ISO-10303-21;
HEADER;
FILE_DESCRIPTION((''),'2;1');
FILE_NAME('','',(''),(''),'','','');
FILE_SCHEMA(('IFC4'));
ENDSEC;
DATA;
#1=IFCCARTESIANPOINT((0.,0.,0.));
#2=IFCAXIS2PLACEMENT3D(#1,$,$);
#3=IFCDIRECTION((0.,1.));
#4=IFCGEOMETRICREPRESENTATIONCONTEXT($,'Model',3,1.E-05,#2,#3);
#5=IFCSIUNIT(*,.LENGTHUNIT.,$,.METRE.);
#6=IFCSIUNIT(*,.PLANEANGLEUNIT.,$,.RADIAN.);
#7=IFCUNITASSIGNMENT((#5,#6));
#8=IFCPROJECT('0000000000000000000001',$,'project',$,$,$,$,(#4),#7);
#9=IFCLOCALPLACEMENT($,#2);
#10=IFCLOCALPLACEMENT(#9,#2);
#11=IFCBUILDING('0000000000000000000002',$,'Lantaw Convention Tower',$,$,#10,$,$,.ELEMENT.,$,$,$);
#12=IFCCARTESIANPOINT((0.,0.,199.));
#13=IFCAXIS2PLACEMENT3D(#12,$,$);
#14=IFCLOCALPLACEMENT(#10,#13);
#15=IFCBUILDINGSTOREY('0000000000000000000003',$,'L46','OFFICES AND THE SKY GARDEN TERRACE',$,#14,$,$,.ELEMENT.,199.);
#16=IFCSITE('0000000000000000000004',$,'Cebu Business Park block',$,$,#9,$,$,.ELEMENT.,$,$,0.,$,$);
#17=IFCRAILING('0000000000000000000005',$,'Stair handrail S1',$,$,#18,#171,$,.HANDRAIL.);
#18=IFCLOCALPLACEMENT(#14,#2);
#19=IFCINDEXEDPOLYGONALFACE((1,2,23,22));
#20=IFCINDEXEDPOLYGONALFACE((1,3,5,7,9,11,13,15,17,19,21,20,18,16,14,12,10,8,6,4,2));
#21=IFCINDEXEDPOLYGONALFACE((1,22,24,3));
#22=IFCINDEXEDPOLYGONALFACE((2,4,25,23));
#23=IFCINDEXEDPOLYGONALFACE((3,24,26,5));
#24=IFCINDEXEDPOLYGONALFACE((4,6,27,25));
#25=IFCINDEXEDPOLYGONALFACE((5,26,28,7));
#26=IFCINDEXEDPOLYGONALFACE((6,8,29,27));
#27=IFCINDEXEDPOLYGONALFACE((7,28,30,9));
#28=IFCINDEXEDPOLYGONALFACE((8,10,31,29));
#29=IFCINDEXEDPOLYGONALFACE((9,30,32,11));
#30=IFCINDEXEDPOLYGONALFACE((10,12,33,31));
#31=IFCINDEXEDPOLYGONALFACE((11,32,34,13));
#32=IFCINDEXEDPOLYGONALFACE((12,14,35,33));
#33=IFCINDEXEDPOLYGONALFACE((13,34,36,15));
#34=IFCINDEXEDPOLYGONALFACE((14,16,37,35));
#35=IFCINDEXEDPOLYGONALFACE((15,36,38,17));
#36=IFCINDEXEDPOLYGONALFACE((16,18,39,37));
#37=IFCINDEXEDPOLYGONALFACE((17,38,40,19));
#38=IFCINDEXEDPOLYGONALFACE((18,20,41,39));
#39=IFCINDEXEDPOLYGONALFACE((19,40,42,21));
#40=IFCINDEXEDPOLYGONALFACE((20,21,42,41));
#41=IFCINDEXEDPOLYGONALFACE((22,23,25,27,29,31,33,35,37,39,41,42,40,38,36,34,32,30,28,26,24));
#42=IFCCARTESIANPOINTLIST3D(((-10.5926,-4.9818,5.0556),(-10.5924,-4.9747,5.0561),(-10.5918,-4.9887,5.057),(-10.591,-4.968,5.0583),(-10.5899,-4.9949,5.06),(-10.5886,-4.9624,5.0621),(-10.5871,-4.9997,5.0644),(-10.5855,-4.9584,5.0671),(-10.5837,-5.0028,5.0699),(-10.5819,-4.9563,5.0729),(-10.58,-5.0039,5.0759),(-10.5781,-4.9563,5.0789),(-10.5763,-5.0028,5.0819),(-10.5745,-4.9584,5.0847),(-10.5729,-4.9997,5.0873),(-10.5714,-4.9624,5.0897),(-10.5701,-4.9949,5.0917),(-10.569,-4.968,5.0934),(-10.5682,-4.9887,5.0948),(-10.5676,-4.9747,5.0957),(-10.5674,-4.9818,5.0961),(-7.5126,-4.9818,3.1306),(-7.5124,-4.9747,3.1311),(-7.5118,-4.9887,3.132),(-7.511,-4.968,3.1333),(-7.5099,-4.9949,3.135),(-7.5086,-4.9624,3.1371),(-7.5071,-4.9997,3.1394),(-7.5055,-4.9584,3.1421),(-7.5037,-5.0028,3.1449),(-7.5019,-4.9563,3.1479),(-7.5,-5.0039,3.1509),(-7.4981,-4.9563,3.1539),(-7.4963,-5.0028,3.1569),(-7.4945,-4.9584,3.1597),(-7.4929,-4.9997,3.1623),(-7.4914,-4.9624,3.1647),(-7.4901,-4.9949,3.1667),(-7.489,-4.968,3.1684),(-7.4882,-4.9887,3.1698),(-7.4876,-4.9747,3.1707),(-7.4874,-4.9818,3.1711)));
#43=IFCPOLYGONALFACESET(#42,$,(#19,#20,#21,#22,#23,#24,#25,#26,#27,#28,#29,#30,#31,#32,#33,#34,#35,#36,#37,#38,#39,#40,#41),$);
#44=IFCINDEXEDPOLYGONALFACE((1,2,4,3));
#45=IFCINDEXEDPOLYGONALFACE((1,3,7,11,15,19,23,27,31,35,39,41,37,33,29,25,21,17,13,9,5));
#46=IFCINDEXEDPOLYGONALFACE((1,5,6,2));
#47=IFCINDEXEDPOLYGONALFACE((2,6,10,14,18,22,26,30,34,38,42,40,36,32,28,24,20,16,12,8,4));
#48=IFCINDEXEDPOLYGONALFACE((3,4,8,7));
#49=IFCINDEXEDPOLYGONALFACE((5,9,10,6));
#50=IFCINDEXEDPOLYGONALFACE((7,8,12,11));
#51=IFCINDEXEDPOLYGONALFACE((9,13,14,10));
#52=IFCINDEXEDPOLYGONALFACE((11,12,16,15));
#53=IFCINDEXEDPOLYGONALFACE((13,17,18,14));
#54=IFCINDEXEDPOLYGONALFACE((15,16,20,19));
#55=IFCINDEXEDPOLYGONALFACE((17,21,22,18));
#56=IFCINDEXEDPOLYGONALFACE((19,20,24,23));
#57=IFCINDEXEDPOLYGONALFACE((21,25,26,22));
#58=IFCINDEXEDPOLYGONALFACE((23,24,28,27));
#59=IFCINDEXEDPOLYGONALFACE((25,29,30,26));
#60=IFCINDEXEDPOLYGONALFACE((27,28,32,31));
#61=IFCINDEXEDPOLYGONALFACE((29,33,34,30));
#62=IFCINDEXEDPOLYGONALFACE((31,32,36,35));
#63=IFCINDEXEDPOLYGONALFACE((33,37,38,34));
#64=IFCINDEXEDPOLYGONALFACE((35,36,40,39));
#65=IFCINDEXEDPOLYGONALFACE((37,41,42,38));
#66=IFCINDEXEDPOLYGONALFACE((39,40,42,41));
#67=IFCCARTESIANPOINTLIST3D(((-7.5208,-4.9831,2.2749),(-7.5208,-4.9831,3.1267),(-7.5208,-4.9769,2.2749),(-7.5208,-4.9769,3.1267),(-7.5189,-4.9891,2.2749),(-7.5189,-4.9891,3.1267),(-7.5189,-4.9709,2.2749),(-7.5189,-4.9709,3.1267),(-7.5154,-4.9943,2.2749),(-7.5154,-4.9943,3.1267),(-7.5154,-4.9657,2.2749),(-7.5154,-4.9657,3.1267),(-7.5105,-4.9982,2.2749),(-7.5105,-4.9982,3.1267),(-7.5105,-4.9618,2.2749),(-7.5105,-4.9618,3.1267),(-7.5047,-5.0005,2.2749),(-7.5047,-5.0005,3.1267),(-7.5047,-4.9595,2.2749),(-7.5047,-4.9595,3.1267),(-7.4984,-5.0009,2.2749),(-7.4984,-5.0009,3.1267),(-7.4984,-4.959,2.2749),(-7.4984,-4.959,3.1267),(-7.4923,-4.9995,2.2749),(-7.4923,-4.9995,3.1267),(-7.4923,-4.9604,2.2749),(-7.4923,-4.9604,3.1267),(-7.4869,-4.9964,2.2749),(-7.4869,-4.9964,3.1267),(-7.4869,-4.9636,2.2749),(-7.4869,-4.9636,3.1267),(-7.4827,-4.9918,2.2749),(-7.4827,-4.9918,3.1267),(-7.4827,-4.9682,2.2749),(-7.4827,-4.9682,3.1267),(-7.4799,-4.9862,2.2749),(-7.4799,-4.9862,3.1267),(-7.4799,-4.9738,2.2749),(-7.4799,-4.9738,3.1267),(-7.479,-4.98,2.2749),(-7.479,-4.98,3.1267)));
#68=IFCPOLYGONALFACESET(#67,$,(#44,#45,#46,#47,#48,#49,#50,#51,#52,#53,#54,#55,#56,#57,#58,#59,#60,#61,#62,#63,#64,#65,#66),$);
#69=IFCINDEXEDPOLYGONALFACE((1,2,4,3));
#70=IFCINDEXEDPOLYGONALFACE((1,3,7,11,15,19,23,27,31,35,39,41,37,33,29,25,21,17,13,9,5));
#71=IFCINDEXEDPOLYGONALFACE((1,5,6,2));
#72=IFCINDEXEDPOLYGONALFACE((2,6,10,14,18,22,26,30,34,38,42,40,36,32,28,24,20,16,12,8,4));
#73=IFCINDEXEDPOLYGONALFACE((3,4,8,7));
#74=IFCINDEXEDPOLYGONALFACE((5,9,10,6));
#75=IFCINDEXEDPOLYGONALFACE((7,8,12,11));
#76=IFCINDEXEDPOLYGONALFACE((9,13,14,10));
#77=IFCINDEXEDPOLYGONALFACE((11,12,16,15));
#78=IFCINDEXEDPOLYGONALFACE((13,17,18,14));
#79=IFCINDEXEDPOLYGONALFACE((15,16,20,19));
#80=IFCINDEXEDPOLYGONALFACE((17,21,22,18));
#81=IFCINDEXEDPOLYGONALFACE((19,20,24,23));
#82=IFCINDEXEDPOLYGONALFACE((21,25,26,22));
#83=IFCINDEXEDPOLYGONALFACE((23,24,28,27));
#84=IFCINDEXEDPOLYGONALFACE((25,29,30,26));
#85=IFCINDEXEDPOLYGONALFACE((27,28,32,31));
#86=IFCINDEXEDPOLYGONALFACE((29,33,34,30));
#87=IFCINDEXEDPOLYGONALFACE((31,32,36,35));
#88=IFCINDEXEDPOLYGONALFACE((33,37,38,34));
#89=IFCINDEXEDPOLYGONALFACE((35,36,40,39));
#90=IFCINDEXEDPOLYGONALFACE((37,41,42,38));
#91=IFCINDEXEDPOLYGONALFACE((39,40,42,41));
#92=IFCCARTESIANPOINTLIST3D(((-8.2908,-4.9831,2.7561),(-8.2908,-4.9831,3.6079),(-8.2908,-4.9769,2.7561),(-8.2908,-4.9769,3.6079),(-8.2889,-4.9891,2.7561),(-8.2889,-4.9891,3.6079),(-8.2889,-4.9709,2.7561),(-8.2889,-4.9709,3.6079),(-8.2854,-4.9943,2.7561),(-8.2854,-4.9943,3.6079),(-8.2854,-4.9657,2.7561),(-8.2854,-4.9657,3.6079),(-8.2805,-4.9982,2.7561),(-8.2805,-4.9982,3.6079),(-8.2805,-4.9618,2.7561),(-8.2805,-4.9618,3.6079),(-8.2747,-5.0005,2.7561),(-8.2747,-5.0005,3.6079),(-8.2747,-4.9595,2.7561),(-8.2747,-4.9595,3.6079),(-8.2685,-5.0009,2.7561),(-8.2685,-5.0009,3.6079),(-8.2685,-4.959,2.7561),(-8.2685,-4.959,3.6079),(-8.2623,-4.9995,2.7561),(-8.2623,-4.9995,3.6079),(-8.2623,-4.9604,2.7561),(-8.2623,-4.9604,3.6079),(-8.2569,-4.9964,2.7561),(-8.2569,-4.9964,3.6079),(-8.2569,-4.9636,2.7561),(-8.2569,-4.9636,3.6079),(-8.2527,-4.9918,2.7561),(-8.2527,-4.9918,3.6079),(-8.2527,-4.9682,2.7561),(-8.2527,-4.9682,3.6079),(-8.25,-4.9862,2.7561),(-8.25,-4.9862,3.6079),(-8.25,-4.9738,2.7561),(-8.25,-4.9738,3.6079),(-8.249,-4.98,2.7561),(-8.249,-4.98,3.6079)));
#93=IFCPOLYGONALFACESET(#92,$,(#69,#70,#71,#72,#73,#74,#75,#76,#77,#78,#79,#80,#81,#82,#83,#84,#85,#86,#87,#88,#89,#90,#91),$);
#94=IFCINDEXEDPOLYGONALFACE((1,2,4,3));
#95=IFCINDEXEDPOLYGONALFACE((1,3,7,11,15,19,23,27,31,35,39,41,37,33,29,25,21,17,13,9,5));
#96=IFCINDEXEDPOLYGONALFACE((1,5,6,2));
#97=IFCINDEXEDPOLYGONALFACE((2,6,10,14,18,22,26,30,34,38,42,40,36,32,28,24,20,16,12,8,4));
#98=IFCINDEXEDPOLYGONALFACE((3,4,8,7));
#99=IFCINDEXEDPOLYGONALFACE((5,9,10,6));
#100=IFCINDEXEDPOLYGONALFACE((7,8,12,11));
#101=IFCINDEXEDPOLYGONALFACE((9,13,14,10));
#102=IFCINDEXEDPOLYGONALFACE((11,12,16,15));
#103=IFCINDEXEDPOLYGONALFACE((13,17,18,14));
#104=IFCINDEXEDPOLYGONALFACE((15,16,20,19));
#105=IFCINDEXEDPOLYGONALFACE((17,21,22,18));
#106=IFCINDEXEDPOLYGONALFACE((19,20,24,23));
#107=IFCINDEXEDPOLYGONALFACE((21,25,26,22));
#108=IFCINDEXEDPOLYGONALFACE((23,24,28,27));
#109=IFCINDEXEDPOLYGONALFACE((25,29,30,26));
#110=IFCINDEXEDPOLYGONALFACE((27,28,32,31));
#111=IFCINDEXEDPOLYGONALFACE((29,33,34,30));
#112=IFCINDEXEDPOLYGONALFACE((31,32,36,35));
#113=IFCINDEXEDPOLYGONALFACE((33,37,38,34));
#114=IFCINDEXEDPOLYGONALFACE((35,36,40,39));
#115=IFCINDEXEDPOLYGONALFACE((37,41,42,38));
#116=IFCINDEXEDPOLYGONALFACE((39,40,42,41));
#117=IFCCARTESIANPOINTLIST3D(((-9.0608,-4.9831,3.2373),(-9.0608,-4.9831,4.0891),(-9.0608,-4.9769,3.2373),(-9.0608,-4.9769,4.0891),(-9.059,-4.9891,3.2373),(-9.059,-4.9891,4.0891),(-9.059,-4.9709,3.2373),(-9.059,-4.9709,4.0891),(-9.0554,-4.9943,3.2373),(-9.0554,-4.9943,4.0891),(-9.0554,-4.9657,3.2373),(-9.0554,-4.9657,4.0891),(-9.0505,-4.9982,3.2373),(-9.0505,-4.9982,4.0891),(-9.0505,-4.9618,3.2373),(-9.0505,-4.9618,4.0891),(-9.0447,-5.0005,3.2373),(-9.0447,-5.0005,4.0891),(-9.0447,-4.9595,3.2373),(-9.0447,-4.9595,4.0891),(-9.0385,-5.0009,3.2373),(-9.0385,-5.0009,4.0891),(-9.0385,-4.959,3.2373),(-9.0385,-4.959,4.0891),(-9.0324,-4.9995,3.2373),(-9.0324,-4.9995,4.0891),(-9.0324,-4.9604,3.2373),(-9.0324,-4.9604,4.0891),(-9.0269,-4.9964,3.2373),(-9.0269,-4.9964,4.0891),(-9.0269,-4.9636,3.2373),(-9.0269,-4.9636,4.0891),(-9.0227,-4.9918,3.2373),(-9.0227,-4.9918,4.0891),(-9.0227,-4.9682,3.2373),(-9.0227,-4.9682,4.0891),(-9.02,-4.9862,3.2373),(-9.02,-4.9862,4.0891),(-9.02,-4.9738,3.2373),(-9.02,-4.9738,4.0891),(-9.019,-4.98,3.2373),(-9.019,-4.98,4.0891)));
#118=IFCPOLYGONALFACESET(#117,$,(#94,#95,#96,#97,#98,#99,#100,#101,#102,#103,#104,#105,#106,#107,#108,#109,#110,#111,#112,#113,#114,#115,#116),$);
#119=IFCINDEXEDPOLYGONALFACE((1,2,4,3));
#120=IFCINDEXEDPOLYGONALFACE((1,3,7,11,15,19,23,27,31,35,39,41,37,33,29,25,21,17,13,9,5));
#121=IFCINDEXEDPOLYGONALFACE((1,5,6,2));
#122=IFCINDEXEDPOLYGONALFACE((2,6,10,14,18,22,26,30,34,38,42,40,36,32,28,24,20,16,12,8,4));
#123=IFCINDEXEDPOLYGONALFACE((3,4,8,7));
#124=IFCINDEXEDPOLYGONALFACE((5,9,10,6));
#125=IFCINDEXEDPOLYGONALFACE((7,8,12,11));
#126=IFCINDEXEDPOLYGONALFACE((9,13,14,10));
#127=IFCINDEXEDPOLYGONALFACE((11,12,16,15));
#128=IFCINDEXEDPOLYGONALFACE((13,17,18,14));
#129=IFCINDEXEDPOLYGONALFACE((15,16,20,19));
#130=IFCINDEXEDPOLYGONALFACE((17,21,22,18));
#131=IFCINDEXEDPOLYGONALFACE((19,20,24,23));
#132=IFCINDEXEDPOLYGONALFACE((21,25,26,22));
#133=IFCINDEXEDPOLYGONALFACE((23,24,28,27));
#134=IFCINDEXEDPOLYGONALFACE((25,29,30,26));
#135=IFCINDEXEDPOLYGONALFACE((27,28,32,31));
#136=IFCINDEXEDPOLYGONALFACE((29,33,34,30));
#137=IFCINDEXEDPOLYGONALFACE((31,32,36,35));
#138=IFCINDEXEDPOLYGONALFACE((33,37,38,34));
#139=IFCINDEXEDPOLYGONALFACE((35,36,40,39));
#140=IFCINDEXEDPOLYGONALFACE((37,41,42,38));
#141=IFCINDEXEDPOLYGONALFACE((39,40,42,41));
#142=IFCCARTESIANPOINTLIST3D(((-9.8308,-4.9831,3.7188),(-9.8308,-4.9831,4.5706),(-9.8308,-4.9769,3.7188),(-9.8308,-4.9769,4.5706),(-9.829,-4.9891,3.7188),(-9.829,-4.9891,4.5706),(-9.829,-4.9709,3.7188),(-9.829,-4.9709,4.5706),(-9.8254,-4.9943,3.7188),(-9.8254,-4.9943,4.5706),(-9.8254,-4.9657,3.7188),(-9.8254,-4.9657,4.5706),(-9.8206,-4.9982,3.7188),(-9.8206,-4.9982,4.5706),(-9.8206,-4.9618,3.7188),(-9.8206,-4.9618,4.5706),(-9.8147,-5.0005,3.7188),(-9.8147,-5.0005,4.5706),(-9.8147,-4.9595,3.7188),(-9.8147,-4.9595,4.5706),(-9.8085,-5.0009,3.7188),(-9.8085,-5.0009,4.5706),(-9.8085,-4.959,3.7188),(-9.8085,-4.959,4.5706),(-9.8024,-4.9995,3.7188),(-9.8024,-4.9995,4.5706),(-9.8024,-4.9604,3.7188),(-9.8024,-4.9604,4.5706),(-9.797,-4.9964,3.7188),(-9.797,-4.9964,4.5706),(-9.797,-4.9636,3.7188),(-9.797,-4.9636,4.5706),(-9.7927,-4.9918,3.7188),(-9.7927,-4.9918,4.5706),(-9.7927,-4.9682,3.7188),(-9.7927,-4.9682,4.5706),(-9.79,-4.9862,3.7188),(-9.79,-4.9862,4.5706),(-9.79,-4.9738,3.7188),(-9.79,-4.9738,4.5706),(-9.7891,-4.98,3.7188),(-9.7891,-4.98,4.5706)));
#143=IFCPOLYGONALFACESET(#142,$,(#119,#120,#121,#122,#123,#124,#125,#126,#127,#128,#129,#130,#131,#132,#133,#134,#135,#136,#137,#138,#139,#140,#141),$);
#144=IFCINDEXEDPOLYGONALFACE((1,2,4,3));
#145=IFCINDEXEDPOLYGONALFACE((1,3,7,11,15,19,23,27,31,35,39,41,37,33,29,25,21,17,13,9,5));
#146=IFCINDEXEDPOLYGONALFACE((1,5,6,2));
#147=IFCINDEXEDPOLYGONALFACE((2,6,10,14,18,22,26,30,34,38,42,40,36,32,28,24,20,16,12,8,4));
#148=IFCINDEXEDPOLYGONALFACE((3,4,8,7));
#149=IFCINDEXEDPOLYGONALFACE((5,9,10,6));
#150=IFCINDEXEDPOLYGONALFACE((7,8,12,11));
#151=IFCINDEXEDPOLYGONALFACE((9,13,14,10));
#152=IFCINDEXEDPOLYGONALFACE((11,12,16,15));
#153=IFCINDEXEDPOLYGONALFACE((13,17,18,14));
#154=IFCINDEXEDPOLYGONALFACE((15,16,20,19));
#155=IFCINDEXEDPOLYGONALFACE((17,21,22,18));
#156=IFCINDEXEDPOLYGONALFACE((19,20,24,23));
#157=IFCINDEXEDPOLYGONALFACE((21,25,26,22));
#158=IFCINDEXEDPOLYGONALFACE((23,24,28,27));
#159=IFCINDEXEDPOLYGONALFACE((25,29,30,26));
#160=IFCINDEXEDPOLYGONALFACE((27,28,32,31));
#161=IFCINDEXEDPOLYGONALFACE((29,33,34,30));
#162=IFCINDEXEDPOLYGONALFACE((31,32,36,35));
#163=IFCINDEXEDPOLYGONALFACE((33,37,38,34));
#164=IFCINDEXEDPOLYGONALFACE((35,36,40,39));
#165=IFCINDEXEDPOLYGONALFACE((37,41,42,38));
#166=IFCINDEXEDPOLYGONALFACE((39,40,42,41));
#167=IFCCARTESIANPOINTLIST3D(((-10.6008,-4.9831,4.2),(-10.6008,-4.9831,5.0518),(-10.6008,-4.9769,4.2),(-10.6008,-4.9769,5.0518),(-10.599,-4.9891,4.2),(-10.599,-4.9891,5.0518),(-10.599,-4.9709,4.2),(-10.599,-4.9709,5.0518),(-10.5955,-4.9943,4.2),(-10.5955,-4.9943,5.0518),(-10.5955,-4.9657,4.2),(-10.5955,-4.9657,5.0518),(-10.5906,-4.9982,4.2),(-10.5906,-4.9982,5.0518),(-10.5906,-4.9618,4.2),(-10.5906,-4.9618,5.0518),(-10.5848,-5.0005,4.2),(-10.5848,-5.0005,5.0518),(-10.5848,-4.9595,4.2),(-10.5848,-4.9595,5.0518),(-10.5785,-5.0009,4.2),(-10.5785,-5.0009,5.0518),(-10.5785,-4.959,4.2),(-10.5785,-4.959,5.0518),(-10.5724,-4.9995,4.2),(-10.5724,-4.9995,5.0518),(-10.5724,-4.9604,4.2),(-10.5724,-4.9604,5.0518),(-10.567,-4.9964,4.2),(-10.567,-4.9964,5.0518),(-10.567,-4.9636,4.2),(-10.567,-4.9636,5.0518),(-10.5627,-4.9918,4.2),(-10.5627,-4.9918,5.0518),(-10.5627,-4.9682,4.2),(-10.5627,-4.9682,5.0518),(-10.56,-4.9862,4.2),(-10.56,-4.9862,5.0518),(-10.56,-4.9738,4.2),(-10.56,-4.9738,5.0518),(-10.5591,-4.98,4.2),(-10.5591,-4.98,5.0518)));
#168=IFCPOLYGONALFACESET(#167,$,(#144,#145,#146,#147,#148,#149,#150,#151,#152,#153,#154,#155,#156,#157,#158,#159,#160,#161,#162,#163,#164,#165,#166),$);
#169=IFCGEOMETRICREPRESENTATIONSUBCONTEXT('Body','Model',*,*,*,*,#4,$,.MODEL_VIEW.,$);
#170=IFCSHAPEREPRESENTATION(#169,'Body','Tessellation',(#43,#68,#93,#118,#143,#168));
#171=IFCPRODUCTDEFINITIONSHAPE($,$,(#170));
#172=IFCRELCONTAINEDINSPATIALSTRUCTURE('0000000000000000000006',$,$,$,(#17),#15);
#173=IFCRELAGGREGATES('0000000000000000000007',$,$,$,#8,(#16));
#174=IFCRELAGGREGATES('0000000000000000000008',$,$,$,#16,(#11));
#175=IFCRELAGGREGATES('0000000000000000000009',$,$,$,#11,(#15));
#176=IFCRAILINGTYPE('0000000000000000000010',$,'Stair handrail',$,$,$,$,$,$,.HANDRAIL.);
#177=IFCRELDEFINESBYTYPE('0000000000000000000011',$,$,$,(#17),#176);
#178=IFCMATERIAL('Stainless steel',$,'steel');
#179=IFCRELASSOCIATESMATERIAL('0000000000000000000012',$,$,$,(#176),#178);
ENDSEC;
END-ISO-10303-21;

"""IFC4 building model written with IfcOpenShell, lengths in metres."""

from ifc_helpers import new_model, si_unit, direction, frame, origin, origin_2d, place, context, subcontext, project, spatial, circle, extrude, material, type_object, element, save


model = new_model("IFC4")

# Units and contexts
model_context = context("Model", 3, precision=1e-05, world=origin(), true_north=direction((0.0, 1.0)))
body_context = subcontext(model_context, "Body", "Model", "MODEL_VIEW")
ifc_project = project(units=[si_unit("LENGTHUNIT", "METRE"), si_unit("PLANEANGLEUNIT", "RADIAN")], contexts=[model_context])

# Site, building, storey
site_placement = place(None, origin())
site = spatial("IfcSite", under=ifc_project, at=site_placement, Name="Cebu Business Park block", CompositionType="ELEMENT", RefElevation=0.0)
building_placement = place(site_placement, origin())
building = spatial("IfcBuilding", under=site, at=building_placement, Name="Lantaw Convention Tower", CompositionType="ELEMENT")
storey_placement = place(building_placement, frame((0.0, 0.0, 199.0)))
storey = spatial("IfcBuildingStorey", under=building, at=storey_placement, Name="L46", Description="OFFICES AND THE SKY GARDEN TERRACE", CompositionType="ELEMENT", Elevation=199.0)

# Shared definitions
ifc_material_1 = material(Name="Stainless steel", Category="steel")

# Railing
railing_type = type_object("IfcRailingType", Name="Stair handrail", PredefinedType="HANDRAIL", material=ifc_material_1)
railing_1_placement = place(storey_placement, frame((-7.5, -4.98, 2.2749)))
element("IfcRailing", 1, at=railing_1_placement, inside=storey, type_object=railing_type, Name="Stair handrail S1", PredefinedType="HANDRAIL", context=body_context, shape_type="SweptSolid", body=[
    extrude(circle(Radius=0.0239, at=origin_2d()), frame((0.0, 0.0, 0.876), z_axis=(-0.847998, 0.0, 0.529999), x_axis=(0.0, -1.0, 0.0)), (0.0, 0.0, 1.0), 3.6321),
    extrude(circle(Radius=0.021, at=origin_2d()), origin(), (0.0, 0.0, 1.0), 0.8518),
    extrude(circle(Radius=0.021, at=origin_2d()), frame((-0.77, 0.0, 0.4812)), (0.0, 0.0, 1.0), 0.8518),
    extrude(circle(Radius=0.021, at=origin_2d()), frame((-1.54, 0.0, 0.9624)), (0.0, 0.0, 1.0), 0.8518),
    extrude(circle(Radius=0.021, at=origin_2d()), frame((-2.3101, 0.0, 1.4438)), (0.0, 0.0, 1.0), 0.8518),
    extrude(circle(Radius=0.021, at=origin_2d()), frame((-3.0801, 0.0, 1.925)), (0.0, 0.0, 1.0), 0.8518),
])

save(model, "model.ifc")
